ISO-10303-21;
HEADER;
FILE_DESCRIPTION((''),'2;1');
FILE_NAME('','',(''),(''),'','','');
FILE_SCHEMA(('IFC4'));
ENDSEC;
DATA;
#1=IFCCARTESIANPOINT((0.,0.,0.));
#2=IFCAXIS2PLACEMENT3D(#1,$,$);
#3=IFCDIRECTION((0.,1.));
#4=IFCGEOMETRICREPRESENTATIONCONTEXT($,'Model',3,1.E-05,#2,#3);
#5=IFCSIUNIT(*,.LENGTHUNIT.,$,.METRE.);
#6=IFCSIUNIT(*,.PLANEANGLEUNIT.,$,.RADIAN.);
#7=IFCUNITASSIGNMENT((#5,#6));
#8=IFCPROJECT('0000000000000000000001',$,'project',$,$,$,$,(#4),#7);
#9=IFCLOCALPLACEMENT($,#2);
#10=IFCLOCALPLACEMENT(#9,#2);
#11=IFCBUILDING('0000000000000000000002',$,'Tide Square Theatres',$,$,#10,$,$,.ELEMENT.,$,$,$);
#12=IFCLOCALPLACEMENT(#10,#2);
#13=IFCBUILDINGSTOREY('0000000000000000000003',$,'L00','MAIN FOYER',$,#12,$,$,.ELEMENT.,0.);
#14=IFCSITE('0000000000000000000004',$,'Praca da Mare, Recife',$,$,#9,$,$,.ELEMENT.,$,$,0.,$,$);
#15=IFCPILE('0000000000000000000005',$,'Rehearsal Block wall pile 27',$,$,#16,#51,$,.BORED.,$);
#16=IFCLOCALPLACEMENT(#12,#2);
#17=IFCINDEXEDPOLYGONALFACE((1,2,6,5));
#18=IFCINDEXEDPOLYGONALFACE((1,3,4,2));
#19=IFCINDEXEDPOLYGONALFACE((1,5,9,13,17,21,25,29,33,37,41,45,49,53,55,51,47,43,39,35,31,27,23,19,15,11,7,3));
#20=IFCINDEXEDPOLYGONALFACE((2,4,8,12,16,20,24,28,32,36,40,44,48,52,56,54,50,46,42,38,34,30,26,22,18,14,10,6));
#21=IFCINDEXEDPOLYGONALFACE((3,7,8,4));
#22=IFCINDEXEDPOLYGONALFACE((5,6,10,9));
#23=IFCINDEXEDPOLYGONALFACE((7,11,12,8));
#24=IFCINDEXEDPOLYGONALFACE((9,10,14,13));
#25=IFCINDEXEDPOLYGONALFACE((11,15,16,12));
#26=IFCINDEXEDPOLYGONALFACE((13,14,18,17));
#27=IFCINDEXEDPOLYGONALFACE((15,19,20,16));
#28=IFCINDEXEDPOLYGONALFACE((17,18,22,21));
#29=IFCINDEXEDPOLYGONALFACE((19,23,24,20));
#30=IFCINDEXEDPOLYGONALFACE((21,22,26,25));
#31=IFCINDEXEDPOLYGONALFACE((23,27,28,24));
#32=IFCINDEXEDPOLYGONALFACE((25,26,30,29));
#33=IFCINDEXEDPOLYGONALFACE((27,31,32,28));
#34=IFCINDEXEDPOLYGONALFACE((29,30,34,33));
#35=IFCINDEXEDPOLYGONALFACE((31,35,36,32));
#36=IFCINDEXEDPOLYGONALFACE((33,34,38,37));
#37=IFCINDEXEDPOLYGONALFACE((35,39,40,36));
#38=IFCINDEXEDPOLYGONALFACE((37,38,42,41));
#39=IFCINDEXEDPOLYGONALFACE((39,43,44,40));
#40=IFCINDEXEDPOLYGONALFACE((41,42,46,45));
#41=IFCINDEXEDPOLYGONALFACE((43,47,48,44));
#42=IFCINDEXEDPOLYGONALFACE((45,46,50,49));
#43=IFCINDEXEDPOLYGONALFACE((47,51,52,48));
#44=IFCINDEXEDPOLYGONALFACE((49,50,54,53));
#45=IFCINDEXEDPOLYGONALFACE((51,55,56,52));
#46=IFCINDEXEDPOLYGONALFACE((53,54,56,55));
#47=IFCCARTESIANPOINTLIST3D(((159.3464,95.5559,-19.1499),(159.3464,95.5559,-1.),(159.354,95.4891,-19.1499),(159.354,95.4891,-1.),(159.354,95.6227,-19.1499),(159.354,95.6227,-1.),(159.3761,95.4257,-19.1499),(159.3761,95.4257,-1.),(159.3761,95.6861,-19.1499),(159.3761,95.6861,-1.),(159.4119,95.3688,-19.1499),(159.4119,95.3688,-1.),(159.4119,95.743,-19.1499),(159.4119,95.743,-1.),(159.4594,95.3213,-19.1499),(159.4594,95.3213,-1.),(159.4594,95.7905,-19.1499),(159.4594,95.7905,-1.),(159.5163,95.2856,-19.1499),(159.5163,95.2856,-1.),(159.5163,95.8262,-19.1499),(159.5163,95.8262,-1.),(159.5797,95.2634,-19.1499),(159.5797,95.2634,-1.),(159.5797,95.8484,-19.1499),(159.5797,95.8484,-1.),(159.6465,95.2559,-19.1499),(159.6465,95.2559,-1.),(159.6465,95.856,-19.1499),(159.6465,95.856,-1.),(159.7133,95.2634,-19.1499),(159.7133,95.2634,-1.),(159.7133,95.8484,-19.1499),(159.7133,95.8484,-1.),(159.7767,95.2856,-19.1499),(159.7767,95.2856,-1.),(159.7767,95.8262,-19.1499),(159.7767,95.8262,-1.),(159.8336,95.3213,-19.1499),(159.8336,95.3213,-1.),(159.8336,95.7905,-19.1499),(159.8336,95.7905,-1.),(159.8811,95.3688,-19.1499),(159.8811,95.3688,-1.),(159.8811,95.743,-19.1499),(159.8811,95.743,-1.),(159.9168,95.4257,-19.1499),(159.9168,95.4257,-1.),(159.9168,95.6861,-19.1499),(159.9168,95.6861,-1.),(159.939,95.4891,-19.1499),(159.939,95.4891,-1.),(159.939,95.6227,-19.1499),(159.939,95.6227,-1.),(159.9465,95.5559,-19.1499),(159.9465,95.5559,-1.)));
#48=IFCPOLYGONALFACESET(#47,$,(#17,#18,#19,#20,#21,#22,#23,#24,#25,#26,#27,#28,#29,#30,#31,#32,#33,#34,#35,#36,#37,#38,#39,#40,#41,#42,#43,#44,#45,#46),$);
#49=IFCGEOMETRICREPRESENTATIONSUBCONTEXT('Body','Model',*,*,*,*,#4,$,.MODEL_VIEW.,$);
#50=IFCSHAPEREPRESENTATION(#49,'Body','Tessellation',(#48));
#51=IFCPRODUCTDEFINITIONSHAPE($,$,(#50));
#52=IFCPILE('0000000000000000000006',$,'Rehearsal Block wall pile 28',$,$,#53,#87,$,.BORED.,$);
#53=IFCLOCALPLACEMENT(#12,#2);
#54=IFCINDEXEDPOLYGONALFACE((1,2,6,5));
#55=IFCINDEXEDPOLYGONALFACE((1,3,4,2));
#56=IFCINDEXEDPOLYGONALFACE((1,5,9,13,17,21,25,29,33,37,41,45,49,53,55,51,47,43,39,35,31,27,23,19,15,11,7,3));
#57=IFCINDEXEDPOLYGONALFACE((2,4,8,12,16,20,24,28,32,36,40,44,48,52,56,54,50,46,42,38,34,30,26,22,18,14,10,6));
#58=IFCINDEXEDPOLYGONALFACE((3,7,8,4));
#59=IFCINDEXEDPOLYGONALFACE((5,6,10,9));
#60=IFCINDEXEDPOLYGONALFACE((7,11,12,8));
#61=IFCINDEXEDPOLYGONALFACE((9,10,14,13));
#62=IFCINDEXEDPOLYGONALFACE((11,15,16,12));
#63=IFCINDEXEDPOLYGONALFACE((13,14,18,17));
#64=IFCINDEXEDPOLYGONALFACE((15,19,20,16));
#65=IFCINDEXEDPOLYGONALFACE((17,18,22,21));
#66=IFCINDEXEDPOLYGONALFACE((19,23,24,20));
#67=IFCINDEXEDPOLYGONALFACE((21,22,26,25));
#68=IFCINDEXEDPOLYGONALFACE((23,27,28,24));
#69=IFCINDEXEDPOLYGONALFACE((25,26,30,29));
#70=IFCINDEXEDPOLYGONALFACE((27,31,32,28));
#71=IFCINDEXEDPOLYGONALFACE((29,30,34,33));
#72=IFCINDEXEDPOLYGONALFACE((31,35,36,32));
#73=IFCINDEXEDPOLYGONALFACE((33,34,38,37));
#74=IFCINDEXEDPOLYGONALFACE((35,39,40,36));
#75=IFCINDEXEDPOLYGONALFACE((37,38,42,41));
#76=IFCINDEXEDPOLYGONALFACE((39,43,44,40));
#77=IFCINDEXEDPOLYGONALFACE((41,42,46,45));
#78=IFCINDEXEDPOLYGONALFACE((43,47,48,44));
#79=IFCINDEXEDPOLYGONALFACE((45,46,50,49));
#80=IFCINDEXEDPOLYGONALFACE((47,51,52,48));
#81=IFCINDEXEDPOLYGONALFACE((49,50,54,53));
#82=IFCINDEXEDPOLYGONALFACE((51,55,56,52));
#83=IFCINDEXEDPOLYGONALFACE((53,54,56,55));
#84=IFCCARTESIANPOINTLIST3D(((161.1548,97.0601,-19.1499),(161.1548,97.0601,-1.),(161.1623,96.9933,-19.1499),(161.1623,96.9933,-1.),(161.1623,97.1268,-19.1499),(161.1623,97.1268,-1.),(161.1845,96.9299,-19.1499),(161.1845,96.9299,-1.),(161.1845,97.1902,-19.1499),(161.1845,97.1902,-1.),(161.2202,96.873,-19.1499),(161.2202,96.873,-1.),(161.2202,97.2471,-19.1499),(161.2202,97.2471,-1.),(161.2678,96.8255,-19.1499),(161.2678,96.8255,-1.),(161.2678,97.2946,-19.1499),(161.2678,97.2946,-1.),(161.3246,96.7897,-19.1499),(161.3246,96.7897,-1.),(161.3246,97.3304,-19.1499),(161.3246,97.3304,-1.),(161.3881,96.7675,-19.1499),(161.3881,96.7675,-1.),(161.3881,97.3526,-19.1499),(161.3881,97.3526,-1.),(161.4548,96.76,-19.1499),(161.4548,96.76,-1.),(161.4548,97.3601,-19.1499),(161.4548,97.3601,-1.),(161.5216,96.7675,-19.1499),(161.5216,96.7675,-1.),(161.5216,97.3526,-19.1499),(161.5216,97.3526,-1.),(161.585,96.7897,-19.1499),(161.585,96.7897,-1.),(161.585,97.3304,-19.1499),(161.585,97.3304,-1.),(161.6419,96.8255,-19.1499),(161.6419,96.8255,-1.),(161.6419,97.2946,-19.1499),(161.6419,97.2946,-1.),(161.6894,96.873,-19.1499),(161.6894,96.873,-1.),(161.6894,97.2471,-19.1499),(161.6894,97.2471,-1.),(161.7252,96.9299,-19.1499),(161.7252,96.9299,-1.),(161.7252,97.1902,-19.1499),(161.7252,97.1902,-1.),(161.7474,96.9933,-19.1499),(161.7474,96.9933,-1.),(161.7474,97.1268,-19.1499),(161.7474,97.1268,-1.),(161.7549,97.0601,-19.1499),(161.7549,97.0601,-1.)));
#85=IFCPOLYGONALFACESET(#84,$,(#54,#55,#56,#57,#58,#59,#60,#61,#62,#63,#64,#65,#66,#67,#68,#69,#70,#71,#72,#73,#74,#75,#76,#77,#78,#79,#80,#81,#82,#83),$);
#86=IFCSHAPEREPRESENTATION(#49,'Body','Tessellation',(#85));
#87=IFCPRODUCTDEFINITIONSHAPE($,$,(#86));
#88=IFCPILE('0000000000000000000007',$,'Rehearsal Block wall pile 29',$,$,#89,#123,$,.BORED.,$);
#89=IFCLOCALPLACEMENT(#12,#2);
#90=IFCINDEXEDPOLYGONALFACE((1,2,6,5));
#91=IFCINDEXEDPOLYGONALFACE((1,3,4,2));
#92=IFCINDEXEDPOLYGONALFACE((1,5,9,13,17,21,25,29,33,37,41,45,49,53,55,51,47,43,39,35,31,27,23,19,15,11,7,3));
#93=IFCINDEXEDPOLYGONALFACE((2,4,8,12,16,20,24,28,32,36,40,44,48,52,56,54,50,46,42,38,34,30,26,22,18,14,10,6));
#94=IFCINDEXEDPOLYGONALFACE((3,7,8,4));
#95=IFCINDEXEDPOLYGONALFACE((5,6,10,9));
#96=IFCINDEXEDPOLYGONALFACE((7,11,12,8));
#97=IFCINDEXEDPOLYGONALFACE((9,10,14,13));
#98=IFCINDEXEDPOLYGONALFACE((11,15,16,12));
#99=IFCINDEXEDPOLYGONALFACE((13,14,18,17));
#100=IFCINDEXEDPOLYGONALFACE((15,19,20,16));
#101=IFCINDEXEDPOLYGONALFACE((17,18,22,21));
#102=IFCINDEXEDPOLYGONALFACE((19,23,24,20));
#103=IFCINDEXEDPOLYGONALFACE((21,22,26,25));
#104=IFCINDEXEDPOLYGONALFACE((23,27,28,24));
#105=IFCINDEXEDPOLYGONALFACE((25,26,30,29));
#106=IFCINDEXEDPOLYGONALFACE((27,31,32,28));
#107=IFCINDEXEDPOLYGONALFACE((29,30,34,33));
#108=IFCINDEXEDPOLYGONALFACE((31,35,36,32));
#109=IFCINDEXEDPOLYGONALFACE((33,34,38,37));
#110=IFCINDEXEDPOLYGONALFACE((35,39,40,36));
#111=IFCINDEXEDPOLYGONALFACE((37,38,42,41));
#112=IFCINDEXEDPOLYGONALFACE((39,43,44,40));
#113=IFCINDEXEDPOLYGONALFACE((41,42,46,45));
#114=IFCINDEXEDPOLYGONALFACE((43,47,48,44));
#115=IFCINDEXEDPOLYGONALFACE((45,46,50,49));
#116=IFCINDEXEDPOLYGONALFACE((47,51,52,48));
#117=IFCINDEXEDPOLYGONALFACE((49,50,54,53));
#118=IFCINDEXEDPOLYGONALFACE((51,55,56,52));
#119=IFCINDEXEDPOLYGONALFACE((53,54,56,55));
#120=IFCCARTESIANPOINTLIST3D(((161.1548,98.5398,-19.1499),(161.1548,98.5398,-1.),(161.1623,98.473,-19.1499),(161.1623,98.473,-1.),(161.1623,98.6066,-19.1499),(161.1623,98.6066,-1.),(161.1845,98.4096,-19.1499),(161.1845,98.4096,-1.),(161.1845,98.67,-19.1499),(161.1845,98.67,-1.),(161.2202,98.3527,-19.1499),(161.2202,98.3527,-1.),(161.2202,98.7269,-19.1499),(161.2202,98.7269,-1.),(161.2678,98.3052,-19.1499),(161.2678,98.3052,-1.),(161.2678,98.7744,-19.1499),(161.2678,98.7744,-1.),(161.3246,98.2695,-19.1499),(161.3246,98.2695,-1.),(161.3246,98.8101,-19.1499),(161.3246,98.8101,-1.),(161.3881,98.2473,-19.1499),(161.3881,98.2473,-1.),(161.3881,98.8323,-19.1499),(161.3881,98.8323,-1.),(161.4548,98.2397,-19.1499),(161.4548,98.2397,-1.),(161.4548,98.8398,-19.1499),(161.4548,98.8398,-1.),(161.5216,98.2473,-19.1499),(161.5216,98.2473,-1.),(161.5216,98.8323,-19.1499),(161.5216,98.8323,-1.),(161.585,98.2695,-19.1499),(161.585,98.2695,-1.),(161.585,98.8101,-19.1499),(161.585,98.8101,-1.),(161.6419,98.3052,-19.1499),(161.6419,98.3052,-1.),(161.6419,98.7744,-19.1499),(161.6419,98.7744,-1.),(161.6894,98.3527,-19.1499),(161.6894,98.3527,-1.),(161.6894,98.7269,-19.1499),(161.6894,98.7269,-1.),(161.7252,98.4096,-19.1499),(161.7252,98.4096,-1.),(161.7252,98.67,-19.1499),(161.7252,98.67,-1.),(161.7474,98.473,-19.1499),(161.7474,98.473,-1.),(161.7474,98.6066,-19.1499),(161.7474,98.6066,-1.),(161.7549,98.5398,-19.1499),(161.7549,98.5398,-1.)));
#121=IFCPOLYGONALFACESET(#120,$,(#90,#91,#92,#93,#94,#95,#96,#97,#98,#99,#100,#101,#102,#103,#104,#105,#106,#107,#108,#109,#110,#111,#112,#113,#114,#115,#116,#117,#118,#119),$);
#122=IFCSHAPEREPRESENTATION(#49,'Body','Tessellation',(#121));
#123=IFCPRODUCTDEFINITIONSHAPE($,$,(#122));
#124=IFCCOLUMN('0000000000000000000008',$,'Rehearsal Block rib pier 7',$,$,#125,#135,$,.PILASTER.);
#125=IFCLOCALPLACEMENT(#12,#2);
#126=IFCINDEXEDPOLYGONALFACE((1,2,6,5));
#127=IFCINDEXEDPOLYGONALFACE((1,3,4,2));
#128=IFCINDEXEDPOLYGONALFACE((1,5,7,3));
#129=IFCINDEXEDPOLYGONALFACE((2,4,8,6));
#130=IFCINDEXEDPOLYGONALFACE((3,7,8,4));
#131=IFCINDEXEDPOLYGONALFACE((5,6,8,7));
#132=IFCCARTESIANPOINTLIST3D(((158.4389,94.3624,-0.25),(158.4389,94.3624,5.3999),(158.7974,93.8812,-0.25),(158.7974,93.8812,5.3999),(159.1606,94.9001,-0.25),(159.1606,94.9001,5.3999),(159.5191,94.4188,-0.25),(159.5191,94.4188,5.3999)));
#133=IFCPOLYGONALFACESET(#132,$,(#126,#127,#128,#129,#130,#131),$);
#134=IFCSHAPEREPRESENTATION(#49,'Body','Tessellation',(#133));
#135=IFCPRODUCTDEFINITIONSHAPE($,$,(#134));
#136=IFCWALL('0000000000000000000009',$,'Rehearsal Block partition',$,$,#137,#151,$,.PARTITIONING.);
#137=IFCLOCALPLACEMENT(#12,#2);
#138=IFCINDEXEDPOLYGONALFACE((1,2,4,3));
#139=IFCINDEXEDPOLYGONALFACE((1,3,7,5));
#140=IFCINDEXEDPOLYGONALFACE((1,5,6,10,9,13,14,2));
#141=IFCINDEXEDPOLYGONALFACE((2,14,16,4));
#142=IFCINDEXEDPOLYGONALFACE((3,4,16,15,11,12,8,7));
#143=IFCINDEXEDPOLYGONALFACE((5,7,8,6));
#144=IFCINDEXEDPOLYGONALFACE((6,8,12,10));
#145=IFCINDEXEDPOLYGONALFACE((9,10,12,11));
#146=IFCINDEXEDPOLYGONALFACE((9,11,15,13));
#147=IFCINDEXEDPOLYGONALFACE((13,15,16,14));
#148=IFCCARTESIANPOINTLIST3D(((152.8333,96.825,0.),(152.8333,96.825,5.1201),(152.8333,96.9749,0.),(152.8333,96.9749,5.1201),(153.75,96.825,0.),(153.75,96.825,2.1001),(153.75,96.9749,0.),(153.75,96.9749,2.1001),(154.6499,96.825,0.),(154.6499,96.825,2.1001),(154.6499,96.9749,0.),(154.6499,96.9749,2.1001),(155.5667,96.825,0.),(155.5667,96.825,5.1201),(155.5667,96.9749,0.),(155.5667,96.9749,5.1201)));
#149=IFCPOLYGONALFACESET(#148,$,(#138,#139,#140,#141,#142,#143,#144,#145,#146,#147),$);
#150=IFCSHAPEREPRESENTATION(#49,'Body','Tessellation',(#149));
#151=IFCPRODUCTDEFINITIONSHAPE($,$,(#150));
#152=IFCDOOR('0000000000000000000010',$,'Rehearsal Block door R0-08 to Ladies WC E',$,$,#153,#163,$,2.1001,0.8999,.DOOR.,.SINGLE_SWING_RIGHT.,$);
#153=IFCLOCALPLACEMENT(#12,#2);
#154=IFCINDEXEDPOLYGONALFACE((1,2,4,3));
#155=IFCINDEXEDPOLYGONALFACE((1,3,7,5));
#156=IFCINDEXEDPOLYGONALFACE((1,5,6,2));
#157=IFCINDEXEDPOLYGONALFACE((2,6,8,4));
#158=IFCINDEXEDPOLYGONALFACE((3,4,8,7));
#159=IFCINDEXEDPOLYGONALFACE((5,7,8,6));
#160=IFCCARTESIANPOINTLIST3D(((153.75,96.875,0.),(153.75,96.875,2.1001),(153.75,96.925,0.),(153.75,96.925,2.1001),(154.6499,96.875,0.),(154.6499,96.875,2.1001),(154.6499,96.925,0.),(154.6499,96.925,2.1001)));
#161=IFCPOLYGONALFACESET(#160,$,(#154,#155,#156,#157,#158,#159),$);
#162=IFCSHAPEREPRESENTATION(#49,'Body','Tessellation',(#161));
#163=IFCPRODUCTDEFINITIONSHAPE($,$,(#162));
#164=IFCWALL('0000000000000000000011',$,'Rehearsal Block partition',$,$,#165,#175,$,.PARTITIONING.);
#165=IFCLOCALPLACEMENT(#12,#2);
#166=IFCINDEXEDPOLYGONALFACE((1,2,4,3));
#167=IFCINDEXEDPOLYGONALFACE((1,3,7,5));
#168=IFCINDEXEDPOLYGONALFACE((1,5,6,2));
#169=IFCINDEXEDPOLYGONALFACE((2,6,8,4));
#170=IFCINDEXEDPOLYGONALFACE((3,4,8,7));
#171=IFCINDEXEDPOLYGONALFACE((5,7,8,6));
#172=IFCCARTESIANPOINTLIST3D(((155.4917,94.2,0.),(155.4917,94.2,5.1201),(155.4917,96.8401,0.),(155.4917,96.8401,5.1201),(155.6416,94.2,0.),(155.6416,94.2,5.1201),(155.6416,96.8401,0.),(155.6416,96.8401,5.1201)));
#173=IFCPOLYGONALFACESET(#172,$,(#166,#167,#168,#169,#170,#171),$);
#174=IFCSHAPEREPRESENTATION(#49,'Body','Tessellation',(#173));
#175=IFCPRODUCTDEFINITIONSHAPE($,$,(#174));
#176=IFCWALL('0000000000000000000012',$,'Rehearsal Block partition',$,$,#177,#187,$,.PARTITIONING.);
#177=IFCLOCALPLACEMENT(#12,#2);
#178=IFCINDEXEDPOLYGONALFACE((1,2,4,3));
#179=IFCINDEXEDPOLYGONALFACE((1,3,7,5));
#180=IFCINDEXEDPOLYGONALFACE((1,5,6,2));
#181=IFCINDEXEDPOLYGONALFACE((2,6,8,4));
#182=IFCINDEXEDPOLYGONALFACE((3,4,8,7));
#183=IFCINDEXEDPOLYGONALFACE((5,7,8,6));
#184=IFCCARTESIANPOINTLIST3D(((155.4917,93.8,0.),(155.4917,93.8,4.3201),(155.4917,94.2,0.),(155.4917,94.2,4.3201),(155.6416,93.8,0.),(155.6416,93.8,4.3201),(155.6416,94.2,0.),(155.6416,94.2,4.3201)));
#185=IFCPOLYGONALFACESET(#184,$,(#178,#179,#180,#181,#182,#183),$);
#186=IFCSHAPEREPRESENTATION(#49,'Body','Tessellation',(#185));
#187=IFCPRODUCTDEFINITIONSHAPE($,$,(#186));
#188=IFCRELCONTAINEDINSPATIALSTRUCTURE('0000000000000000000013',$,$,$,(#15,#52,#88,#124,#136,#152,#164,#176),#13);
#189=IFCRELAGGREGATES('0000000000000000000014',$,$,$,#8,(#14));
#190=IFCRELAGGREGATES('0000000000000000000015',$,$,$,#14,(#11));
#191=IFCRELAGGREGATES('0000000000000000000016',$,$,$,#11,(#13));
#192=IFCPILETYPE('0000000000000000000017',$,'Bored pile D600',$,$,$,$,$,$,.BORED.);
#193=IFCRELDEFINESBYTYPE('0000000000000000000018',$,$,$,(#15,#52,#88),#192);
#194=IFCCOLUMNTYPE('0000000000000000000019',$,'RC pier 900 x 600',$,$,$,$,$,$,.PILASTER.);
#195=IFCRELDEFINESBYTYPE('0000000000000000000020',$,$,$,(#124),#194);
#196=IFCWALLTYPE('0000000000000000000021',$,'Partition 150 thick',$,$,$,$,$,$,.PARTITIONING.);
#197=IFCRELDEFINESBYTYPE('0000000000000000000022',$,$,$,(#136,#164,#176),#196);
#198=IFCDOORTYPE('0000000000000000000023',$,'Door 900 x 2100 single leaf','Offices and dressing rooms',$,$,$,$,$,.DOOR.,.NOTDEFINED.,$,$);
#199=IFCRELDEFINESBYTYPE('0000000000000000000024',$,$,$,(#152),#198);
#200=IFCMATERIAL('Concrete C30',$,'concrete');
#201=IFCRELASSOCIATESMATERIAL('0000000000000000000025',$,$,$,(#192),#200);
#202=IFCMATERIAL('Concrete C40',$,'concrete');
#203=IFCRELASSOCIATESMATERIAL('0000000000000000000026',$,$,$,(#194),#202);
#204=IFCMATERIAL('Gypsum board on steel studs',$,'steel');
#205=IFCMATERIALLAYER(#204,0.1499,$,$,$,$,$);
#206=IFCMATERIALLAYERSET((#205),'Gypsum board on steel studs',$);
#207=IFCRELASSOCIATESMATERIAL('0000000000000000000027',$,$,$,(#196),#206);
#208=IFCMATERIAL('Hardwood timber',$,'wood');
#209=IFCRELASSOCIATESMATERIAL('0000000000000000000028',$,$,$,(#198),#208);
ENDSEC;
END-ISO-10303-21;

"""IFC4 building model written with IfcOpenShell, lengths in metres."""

from ifc_helpers import new_model, si_unit, direction, frame, frame_2d, origin, origin_2d, place, context, subcontext, project, spatial, rectangle, circle, extrude, material, layer, layer_set, material_profile, profile_set, type_object, element, fill, save


model = new_model("IFC4")

# Units and contexts
model_context = context("Model", 3, precision=1e-05, world=origin(), true_north=direction((0.0, 1.0)))
body_context = subcontext(model_context, "Body", "Model", "MODEL_VIEW")
ifc_project = project(units=[si_unit("LENGTHUNIT", "METRE"), si_unit("PLANEANGLEUNIT", "RADIAN")], contexts=[model_context])

# Site, building, storey
site_placement = place(None, origin())
site = spatial("IfcSite", under=ifc_project, at=site_placement, Name="Praca da Mare, Recife", CompositionType="ELEMENT", RefElevation=0.0)
building_placement = place(site_placement, origin())
building = spatial("IfcBuilding", under=site, at=building_placement, Name="Tide Square Theatres", CompositionType="ELEMENT")
storey_placement = place(building_placement, origin())
storey = spatial("IfcBuildingStorey", under=building, at=storey_placement, Name="L00", Description="MAIN FOYER", CompositionType="ELEMENT", Elevation=0.0)

# Piles
ifc_material_1 = material(Name="Concrete C30", Category="concrete")
ifc_material_profile_1 = material_profile(ifc_material_1, circle(Radius=0.3, at=origin_2d()))
ifc_profile_set_1 = profile_set([ifc_material_profile_1], Name="Concrete C30")
pile_type = type_object("IfcPileType", Name="Bored pile D600", PredefinedType="BORED", material=ifc_profile_set_1)
for number, where, z_axis, x_axis, name in (
    (1, (159.6465, 95.5559, -1.0), (0.0, 0.0, -1.0), (1.0, 0.0, 0.0), "Rehearsal Block wall pile 27"),
    (2, (161.4548, 97.0601, -1.0), (0.0, 0.0, -1.0), (1.0, 0.0, 0.0), "Rehearsal Block wall pile 28"),
    (3, (161.4548, 98.5398, -1.0), (0.0, 0.0, -1.0), (1.0, 0.0, 0.0), "Rehearsal Block wall pile 29"),
):
    element("IfcPile", number, at=place(storey_placement, frame(where, z_axis=z_axis, x_axis=x_axis)), inside=storey, type_object=pile_type, Name=name, PredefinedType="BORED", context=body_context, shape_type="SweptSolid", body=[
        extrude(circle(Radius=0.3, at=origin_2d()), origin(), (0.0, 0.0, 1.0), 18.1499),
    ])

# Column
ifc_material_2 = material(Name="Concrete C40", Category="concrete")
ifc_material_profile_2 = material_profile(ifc_material_2, rectangle(XDim=0.8999, YDim=0.6001, at=origin_2d()))
ifc_profile_set_2 = profile_set([ifc_material_profile_2], Name="Concrete C40")
column_type = type_object("IfcColumnType", Name="RC pier 900 x 600", PredefinedType="PILASTER", material=ifc_profile_set_2)
column_placement = place(storey_placement, frame((158.979, 94.3906, -0.25), z_axis=(0.0, 0.0, 1.0), x_axis=(0.801928, 0.597421, 0.0)))
element("IfcColumn", 4, at=column_placement, inside=storey, type_object=column_type, Name="Rehearsal Block rib pier 7", PredefinedType="PILASTER", context=body_context, shape_type="SweptSolid", body=[
    extrude(rectangle(XDim=0.8999, YDim=0.6001, at=origin_2d()), origin(), (0.0, 0.0, 1.0), 5.6499),
])

# Wall, opening, door
ifc_material_3 = material(Name="Gypsum board on steel studs", Category="steel")
ifc_layer_1 = layer(ifc_material_3, 0.1499)
ifc_layer_set_1 = layer_set([ifc_layer_1], Name="Gypsum board on steel studs")
wall_type_1 = type_object("IfcWallType", Name="Partition 150 thick", PredefinedType="PARTITIONING", material=ifc_layer_set_1)
wall_1_placement = place(storey_placement, frame((155.5667, 96.8999, 0.0), z_axis=(0.0, 0.0, 1.0), x_axis=(-1.0, 0.0, 0.0)))
wall_1 = element("IfcWall", 5, at=wall_1_placement, inside=storey, type_object=wall_type_1, Name="Rehearsal Block partition", PredefinedType="PARTITIONING", context=body_context, shape_type="SweptSolid", body=[
    extrude(rectangle(XDim=2.7334, YDim=0.1499, at=frame_2d((1.3667, 0.0))), origin(), (0.0, 0.0, 1.0), 5.1201),
])
opening_1_placement = place(wall_1_placement, frame((0.9167, 0.0, 0.0)))
opening_1 = element("IfcOpeningElement", 6, at=opening_1_placement, cuts=wall_1, PredefinedType="OPENING", context=body_context, shape_type="SweptSolid", body=[
    extrude(rectangle(XDim=0.8999, YDim=2.1001, at=frame_2d((0.45, 1.05))), frame((0.0, 0.085, 0.0), z_axis=(0.0, -1.0, 0.0), x_axis=(1.0, 0.0, 0.0)), (0.0, 0.0, 1.0), 0.1699),
])
ifc_material_4 = material(Name="Hardwood timber", Category="wood")
door_type_1 = type_object("IfcDoorType", Name="Door 900 x 2100 single leaf", Description="Offices and dressing rooms", OperationType="NOTDEFINED", PredefinedType="DOOR", material=ifc_material_4)
door_1_placement = place(opening_1_placement, origin())
door_1 = element("IfcDoor", 7, at=door_1_placement, inside=storey, type_object=door_type_1, Name="Rehearsal Block door R0-08 to Ladies WC E", OperationType="SINGLE_SWING_RIGHT", OverallHeight=2.1001, OverallWidth=0.8999, PredefinedType="DOOR", context=body_context, shape_type="SweptSolid", body=[
    extrude(rectangle(XDim=0.8999, YDim=2.1001, at=frame_2d((0.45, 1.05))), frame((0.0, 0.0249, 0.0), z_axis=(0.0, -1.0, 0.0), x_axis=(1.0, 0.0, 0.0)), (0.0, 0.0, 1.0), 0.05),
])
fill(opening_1, door_1)

# Walls
wall_2_placement = place(storey_placement, frame((155.5667, 96.8401, 0.0), z_axis=(0.0, 0.0, 1.0), x_axis=(0.0, -1.0, 0.0)))
element("IfcWall", 8, at=wall_2_placement, inside=storey, type_object=wall_type_1, Name="Rehearsal Block partition", PredefinedType="PARTITIONING", context=body_context, shape_type="SweptSolid", body=[
    extrude(rectangle(XDim=2.6401, YDim=0.1499, at=frame_2d((1.3201, 0.0))), origin(), (0.0, 0.0, 1.0), 5.1201),
])
wall_3_placement = place(storey_placement, frame((155.5667, 94.2, 0.0), z_axis=(0.0, 0.0, 1.0), x_axis=(0.0, -1.0, 0.0)))
element("IfcWall", 9, at=wall_3_placement, inside=storey, type_object=wall_type_1, Name="Rehearsal Block partition", PredefinedType="PARTITIONING", context=body_context, shape_type="SweptSolid", body=[
    extrude(rectangle(XDim=0.3999, YDim=0.1499, at=frame_2d((0.2, 0.0))), origin(), (0.0, 0.0, 1.0), 4.3201),
])

save(model, "model.ifc")
